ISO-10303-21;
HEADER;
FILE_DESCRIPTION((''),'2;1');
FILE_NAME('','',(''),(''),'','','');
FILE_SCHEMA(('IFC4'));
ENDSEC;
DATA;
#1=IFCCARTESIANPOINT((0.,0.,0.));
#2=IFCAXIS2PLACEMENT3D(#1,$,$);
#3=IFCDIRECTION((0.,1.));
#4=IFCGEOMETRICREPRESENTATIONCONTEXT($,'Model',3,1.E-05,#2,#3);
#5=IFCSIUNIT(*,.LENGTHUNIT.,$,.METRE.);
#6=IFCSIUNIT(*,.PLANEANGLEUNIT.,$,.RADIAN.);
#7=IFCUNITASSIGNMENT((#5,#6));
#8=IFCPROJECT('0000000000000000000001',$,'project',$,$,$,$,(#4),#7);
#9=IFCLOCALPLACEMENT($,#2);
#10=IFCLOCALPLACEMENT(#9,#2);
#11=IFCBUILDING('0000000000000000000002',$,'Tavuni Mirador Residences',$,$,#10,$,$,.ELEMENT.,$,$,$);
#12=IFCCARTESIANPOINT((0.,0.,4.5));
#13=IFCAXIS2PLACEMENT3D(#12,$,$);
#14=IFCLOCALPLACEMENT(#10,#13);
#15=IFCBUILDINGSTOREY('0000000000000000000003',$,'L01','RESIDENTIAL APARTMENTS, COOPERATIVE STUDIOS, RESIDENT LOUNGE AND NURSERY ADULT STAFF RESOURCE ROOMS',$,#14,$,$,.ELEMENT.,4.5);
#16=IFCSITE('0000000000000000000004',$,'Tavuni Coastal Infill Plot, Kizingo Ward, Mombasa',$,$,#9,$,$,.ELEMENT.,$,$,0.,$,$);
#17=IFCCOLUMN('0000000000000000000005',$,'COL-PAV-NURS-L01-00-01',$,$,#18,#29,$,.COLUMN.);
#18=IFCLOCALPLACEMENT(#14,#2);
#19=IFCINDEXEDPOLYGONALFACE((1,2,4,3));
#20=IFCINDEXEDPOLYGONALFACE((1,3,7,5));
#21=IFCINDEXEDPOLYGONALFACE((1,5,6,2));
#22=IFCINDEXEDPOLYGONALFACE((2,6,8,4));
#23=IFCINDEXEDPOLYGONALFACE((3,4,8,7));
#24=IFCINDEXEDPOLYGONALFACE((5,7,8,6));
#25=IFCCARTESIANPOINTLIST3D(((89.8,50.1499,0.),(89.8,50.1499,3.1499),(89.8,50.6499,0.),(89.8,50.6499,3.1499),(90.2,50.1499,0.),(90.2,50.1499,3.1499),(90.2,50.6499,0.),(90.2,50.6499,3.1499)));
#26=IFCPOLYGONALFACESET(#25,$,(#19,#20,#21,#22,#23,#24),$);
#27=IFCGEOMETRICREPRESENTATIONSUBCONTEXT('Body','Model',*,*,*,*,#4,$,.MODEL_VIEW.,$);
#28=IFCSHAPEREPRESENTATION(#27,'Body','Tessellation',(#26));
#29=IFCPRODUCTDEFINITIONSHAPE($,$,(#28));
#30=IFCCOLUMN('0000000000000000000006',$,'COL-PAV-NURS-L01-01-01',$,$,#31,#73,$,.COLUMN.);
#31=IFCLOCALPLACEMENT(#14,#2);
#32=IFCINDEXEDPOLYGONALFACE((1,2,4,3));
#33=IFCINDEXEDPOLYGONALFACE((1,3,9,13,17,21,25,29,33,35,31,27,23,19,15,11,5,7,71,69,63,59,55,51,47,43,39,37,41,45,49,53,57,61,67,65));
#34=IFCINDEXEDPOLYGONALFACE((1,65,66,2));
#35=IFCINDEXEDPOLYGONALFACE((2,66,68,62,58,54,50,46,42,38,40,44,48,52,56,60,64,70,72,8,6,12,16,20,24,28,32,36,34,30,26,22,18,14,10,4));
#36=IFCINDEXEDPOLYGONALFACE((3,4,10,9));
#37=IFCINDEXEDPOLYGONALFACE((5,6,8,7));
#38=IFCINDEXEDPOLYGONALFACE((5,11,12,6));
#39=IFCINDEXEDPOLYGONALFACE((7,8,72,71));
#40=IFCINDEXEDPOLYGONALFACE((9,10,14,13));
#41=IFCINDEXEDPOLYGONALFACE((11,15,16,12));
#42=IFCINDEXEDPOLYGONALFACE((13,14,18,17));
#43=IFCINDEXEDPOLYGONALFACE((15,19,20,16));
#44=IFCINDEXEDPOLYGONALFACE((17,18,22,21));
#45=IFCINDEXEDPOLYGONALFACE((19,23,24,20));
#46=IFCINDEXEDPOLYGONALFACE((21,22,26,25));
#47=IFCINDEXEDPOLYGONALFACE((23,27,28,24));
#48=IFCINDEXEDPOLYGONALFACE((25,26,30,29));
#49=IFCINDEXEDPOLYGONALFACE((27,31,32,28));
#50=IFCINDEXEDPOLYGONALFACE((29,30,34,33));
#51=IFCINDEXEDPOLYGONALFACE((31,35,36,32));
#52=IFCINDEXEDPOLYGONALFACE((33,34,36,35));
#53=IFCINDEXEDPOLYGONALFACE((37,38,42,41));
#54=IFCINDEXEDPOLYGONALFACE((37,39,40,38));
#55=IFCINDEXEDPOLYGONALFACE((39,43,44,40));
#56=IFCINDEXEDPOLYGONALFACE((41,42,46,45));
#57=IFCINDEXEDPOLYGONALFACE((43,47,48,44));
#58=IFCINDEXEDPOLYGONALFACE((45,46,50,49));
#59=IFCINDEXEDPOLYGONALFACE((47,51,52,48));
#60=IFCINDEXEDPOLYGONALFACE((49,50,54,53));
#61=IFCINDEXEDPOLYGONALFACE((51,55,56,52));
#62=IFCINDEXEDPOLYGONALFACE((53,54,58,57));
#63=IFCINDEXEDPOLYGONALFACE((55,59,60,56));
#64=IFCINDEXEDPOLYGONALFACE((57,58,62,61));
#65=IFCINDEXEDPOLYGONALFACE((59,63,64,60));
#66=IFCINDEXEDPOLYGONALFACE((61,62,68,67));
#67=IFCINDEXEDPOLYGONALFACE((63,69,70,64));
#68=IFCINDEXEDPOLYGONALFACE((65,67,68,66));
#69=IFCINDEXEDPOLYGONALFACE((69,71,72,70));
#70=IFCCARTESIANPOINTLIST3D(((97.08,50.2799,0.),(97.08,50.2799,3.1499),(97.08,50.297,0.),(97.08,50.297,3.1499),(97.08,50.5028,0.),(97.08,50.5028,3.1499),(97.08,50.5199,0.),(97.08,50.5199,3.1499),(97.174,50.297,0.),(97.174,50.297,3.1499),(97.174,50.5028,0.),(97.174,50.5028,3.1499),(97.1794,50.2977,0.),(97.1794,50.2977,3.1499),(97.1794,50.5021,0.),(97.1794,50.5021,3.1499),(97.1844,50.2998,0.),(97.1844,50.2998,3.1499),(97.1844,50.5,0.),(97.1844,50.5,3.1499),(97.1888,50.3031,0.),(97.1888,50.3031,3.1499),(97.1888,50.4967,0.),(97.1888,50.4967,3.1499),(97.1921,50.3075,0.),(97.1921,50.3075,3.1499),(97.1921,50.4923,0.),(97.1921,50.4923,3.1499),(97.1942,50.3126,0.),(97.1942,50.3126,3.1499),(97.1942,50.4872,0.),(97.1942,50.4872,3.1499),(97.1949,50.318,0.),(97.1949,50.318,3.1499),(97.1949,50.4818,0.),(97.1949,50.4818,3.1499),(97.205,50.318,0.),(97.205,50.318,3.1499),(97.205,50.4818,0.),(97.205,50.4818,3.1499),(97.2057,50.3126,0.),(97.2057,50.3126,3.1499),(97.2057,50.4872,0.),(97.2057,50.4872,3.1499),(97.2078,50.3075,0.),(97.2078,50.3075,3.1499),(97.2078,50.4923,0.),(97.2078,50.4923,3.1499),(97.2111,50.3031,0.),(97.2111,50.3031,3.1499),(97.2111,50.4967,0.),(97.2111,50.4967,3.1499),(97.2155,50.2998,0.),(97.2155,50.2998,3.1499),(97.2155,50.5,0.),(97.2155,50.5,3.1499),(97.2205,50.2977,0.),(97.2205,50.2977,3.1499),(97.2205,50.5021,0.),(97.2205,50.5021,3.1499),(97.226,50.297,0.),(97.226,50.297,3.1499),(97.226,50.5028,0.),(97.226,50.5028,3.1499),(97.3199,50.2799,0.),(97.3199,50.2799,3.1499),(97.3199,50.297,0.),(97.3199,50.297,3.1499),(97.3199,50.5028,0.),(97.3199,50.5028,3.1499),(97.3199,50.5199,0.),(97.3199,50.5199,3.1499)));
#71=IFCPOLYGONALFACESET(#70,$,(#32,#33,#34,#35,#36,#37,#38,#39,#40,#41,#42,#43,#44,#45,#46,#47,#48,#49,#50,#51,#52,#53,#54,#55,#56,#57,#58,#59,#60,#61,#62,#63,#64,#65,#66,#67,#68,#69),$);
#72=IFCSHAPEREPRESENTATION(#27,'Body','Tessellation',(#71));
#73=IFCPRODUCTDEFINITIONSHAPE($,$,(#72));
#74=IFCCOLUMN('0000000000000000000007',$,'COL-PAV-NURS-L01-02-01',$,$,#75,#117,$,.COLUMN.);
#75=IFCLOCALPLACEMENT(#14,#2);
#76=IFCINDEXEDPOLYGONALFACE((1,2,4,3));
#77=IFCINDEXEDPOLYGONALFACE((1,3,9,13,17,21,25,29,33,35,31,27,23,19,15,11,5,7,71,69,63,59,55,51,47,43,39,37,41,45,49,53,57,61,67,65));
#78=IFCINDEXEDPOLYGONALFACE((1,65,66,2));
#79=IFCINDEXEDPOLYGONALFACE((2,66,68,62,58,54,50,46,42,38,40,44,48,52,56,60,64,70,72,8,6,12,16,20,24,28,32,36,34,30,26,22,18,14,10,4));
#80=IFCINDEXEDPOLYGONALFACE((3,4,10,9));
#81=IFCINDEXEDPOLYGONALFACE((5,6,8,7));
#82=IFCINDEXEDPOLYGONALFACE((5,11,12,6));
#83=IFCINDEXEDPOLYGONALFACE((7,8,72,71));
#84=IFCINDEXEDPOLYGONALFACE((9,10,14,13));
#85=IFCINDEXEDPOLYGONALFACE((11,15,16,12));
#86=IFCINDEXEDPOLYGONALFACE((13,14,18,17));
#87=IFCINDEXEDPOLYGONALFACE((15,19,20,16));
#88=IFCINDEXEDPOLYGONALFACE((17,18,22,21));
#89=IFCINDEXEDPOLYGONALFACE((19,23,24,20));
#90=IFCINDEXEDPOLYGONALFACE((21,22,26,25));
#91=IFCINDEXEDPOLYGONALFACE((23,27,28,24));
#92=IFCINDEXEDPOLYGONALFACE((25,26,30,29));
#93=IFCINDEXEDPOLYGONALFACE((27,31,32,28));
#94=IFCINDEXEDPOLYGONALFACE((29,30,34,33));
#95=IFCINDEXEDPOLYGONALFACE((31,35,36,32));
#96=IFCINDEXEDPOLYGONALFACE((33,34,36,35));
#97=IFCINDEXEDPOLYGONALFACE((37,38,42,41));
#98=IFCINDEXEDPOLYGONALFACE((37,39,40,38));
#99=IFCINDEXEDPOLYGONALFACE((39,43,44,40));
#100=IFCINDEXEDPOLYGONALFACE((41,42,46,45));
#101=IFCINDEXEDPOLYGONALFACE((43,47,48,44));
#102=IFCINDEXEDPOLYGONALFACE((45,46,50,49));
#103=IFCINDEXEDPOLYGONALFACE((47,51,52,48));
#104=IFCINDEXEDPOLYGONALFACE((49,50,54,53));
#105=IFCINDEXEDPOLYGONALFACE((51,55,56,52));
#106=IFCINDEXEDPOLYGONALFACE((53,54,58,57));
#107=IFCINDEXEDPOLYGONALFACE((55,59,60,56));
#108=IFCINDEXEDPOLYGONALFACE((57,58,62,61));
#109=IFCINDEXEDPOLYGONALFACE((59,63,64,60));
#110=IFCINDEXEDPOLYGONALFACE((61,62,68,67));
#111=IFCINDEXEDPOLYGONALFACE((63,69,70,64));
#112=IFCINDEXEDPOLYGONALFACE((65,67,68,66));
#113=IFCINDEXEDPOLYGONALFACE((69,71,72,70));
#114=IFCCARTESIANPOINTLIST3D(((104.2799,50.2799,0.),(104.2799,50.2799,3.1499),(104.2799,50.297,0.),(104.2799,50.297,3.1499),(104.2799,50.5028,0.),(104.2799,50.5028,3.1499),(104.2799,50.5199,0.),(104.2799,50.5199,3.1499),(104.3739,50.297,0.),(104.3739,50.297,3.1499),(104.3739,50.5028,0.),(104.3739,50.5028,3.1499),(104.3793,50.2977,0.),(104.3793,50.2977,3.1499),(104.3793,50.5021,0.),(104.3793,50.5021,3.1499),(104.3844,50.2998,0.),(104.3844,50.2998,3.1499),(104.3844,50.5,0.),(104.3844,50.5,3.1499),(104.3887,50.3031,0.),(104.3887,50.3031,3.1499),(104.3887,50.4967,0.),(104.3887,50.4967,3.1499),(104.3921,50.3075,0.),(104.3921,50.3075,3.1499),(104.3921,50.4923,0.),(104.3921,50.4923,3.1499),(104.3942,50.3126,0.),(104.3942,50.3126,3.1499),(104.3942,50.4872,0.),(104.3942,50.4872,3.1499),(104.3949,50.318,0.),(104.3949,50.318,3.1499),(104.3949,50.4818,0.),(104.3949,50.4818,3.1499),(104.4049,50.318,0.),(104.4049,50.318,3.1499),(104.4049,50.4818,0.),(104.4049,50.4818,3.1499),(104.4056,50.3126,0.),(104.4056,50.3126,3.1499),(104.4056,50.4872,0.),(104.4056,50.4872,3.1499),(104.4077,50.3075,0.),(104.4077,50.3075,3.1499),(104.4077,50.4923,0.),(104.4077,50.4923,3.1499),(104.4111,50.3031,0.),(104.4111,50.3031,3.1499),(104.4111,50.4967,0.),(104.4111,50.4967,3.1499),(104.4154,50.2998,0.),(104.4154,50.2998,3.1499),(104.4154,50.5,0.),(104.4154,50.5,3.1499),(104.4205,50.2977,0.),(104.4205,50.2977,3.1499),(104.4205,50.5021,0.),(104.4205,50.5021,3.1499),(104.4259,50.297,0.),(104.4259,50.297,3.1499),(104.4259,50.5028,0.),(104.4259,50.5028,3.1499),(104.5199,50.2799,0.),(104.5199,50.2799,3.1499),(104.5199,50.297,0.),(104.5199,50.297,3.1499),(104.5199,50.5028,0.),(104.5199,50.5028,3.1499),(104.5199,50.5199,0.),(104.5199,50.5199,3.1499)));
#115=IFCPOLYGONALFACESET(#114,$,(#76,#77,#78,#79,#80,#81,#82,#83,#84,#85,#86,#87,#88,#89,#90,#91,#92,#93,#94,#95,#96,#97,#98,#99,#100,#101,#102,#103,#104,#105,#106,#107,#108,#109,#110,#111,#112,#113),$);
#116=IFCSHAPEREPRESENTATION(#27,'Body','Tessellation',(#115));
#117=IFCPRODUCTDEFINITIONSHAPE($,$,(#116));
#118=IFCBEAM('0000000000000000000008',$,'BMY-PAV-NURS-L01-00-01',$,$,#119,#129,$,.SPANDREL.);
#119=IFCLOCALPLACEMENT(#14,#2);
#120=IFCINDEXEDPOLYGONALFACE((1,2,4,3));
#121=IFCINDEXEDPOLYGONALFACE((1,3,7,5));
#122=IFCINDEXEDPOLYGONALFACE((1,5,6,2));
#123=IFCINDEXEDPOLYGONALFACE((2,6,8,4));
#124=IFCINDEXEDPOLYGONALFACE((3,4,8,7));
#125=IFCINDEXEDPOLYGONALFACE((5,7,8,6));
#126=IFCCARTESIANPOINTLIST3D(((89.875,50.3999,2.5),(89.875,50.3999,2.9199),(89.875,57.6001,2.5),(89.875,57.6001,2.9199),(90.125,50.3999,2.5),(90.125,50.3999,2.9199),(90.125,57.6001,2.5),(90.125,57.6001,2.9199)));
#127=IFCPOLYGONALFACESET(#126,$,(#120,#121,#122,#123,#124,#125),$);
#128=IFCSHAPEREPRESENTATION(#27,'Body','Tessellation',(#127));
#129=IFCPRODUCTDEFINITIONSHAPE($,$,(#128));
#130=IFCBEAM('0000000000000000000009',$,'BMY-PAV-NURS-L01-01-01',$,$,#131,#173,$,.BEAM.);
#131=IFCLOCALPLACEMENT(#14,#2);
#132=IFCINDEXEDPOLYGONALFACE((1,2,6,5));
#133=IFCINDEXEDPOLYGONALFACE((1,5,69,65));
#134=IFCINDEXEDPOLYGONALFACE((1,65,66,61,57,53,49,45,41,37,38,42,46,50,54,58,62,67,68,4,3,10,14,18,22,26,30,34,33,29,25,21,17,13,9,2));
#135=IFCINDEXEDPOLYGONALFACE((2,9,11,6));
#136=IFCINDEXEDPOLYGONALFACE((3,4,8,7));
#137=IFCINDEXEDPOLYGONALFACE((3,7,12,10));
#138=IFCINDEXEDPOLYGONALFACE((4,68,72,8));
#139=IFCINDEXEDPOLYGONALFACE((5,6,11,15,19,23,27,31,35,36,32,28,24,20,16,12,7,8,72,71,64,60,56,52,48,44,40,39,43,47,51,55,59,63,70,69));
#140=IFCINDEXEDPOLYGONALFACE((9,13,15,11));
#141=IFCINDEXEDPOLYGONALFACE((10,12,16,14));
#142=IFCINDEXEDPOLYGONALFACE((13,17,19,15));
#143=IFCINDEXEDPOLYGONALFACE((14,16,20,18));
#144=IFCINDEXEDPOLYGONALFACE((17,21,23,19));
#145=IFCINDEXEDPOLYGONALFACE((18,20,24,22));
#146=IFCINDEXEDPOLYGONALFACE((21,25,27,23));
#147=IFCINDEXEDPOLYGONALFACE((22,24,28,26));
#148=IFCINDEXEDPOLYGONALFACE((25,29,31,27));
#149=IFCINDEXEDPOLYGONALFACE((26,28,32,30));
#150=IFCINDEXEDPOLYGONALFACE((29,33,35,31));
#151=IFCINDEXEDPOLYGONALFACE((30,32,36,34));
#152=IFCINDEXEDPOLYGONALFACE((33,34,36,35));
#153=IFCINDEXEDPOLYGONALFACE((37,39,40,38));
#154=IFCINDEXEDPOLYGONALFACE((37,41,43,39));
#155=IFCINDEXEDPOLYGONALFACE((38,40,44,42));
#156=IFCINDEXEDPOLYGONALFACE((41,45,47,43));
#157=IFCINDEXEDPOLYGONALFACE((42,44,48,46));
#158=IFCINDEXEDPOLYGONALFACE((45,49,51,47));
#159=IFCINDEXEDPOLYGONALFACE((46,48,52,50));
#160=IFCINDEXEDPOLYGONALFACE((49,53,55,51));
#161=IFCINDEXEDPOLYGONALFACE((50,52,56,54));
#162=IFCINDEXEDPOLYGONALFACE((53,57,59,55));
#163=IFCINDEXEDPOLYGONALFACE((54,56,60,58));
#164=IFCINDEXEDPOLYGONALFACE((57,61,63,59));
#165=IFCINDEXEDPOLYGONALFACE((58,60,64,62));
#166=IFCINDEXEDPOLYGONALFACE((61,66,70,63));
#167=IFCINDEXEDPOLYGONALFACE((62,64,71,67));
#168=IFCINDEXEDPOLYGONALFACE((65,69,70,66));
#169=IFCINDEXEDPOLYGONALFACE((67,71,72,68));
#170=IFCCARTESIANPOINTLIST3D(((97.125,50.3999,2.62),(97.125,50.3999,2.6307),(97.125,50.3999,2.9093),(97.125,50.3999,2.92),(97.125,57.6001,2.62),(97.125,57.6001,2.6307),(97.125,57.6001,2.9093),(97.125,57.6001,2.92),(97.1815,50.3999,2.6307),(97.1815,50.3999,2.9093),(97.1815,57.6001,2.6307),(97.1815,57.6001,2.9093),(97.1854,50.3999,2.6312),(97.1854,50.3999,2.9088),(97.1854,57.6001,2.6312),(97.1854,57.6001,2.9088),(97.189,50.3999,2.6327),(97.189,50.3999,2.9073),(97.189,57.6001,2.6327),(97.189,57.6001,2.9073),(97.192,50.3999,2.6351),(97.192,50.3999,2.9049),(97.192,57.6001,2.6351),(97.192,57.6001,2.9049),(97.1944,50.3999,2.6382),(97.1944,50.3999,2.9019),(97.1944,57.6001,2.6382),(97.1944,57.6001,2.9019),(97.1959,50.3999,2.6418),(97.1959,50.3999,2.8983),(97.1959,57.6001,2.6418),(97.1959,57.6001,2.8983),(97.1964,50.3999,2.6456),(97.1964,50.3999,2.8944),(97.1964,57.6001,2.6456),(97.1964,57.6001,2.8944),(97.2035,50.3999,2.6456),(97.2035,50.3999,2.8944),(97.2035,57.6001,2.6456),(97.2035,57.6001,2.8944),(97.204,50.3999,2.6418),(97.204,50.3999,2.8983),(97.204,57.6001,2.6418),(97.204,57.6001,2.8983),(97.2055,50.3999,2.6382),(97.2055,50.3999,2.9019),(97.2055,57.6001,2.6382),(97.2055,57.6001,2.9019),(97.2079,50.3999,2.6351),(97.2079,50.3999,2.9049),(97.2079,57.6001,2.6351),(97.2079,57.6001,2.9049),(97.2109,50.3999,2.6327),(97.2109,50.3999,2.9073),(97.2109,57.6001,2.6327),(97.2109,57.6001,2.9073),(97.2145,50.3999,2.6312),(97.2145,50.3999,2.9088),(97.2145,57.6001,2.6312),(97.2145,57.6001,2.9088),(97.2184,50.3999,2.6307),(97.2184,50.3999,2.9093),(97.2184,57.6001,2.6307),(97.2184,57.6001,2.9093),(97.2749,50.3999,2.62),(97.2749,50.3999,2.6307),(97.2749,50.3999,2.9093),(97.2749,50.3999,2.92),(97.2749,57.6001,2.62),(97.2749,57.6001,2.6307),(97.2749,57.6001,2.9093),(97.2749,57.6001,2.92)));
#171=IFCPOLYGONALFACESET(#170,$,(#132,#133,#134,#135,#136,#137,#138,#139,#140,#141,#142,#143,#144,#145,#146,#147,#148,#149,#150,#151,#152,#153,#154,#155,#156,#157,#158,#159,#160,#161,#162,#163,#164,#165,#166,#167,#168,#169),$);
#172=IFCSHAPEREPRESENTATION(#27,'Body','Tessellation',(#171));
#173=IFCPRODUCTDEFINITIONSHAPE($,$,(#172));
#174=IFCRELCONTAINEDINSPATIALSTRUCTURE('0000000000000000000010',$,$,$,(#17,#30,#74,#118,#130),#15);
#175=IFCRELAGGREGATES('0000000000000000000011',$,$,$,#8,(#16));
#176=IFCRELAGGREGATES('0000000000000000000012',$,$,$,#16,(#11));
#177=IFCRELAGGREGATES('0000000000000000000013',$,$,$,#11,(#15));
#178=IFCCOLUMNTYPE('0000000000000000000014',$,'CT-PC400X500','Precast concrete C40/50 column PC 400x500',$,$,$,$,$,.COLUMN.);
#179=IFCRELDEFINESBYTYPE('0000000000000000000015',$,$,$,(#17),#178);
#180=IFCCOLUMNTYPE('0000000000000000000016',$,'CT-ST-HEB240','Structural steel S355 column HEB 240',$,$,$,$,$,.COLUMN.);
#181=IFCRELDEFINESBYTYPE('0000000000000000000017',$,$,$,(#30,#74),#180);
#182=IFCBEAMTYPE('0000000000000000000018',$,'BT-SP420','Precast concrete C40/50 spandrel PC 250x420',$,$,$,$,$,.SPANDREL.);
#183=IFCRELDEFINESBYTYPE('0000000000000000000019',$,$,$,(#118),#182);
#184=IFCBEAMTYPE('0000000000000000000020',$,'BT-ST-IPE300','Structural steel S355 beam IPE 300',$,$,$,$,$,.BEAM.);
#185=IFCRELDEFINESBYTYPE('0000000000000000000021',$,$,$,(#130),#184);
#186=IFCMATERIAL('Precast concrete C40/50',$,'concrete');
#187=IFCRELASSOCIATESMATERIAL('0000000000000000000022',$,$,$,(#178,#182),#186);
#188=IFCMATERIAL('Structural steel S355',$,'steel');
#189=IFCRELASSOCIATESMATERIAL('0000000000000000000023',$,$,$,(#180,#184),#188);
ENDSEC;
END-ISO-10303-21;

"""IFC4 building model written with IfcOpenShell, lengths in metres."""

from ifc_helpers import new_model, si_unit, direction, frame, origin, origin_2d, place, context, subcontext, project, spatial, rectangle, i_section, extrude, material, material_profile, profile_set, type_object, element, save


model = new_model("IFC4")

# Units and contexts
model_context = context("Model", 3, precision=1e-05, world=origin(), true_north=direction((0.0, 1.0)))
body_context = subcontext(model_context, "Body", "Model", "MODEL_VIEW")
ifc_project = project(units=[si_unit("LENGTHUNIT", "METRE"), si_unit("PLANEANGLEUNIT", "RADIAN")], contexts=[model_context])

# Site, building, storey
site_placement = place(None, origin())
site = spatial("IfcSite", under=ifc_project, at=site_placement, Name="Tavuni Coastal Infill Plot, Kizingo Ward, Mombasa", CompositionType="ELEMENT", RefElevation=0.0)
building_placement = place(site_placement, origin())
building = spatial("IfcBuilding", under=site, at=building_placement, Name="Tavuni Mirador Residences", CompositionType="ELEMENT")
storey_placement = place(building_placement, frame((0.0, 0.0, 4.5)))
storey = spatial("IfcBuildingStorey", under=building, at=storey_placement, Name="L01", Description="RESIDENTIAL APARTMENTS, COOPERATIVE STUDIOS, RESIDENT LOUNGE AND NURSERY ADULT STAFF RESOURCE ROOMS", CompositionType="ELEMENT", Elevation=4.5)

# Columns
ifc_material_1 = material(Name="Precast concrete C40/50", Category="concrete")
ifc_material_profile_1 = material_profile(ifc_material_1, rectangle(XDim=0.3999, YDim=0.5, at=origin_2d()), Name="PC 400x500", Category="concrete")
ifc_profile_set_1 = profile_set([ifc_material_profile_1], Name="Precast concrete C40/50")
column_type_1 = type_object("IfcColumnType", Name="CT-PC400X500", Description="Precast concrete C40/50 column PC 400x500", PredefinedType="COLUMN", material=ifc_profile_set_1)
column_placement = place(storey_placement, frame((90.0, 50.3999, 0.0), z_axis=(0.0, 0.0, 1.0), x_axis=(1.0, 0.0, 0.0)))
element("IfcColumn", 1, at=column_placement, inside=storey, type_object=column_type_1, Name="COL-PAV-NURS-L01-00-01", PredefinedType="COLUMN", context=body_context, shape_type="SweptSolid", body=[
    extrude(rectangle(XDim=0.3999, YDim=0.5, at=origin_2d()), origin(), (0.0, 0.0, 1.0), 3.1499),
])
ifc_material_2 = material(Name="Structural steel S355", Category="steel")
ifc_material_profile_2 = material_profile(ifc_material_2, i_section(OverallWidth=0.24, OverallDepth=0.24, WebThickness=0.01, FlangeThickness=0.0171, FilletRadius=0.021, at=origin_2d()), Name="HEB 240", Category="steel")
ifc_profile_set_2 = profile_set([ifc_material_profile_2], Name="Structural steel S355")
column_type_2 = type_object("IfcColumnType", Name="CT-ST-HEB240", Description="Structural steel S355 column HEB 240", PredefinedType="COLUMN", material=ifc_profile_set_2)
for number, where, z_axis, x_axis, name in (
    (2, (97.2, 50.3999, 0.0), (0.0, 0.0, 1.0), (1.0, 0.0, 0.0), "COL-PAV-NURS-L01-01-01"),
    (3, (104.3999, 50.3999, 0.0), (0.0, 0.0, 1.0), (1.0, 0.0, 0.0), "COL-PAV-NURS-L01-02-01"),
):
    element("IfcColumn", number, at=place(storey_placement, frame(where, z_axis=z_axis, x_axis=x_axis)), inside=storey, type_object=column_type_2, Name=name, PredefinedType="COLUMN", context=body_context, shape_type="SweptSolid", body=[
        extrude(i_section(OverallWidth=0.24, OverallDepth=0.24, WebThickness=0.01, FlangeThickness=0.0171, FilletRadius=0.021, at=origin_2d()), origin(), (0.0, 0.0, 1.0), 3.1499),
    ])

# Beams
ifc_material_profile_3 = material_profile(ifc_material_1, rectangle(XDim=0.25, YDim=0.4199, at=origin_2d()), Name="PC 250x420", Category="concrete")
ifc_profile_set_3 = profile_set([ifc_material_profile_3], Name="Precast concrete C40/50")
beam_type_1 = type_object("IfcBeamType", Name="BT-SP420", Description="Precast concrete C40/50 spandrel PC 250x420", PredefinedType="SPANDREL", material=ifc_profile_set_3)
beam_1_placement = place(storey_placement, frame((90.0, 50.3999, 2.71), z_axis=(0.0, 1.0, 0.0), x_axis=(-1.0, 0.0, 0.0)))
element("IfcBeam", 4, at=beam_1_placement, inside=storey, type_object=beam_type_1, Name="BMY-PAV-NURS-L01-00-01", PredefinedType="SPANDREL", context=body_context, shape_type="SweptSolid", body=[
    extrude(rectangle(XDim=0.25, YDim=0.4199, at=origin_2d()), origin(), (0.0, 0.0, 1.0), 7.2002),
])
ifc_material_profile_4 = material_profile(ifc_material_2, i_section(OverallWidth=0.1499, OverallDepth=0.3, WebThickness=0.0071, FlangeThickness=0.0107, FilletRadius=0.0149, at=origin_2d()), Name="IPE 300", Category="steel")
ifc_profile_set_4 = profile_set([ifc_material_profile_4], Name="Structural steel S355")
beam_type_2 = type_object("IfcBeamType", Name="BT-ST-IPE300", Description="Structural steel S355 beam IPE 300", PredefinedType="BEAM", material=ifc_profile_set_4)
for number, where, z_axis, x_axis, name in (
    (5, (97.2, 50.3999, 2.77), (0.0, 1.0, 0.0), (-1.0, 0.0, 0.0), "BMY-PAV-NURS-L01-01-01"),
):
    element("IfcBeam", number, at=place(storey_placement, frame(where, z_axis=z_axis, x_axis=x_axis)), inside=storey, type_object=beam_type_2, Name=name, PredefinedType="BEAM", context=body_context, shape_type="SweptSolid", body=[
        extrude(i_section(OverallWidth=0.1499, OverallDepth=0.3, WebThickness=0.0071, FlangeThickness=0.0107, FilletRadius=0.0149, at=origin_2d()), origin(), (0.0, 0.0, 1.0), 7.2002),
    ])

save(model, "model.ifc")
